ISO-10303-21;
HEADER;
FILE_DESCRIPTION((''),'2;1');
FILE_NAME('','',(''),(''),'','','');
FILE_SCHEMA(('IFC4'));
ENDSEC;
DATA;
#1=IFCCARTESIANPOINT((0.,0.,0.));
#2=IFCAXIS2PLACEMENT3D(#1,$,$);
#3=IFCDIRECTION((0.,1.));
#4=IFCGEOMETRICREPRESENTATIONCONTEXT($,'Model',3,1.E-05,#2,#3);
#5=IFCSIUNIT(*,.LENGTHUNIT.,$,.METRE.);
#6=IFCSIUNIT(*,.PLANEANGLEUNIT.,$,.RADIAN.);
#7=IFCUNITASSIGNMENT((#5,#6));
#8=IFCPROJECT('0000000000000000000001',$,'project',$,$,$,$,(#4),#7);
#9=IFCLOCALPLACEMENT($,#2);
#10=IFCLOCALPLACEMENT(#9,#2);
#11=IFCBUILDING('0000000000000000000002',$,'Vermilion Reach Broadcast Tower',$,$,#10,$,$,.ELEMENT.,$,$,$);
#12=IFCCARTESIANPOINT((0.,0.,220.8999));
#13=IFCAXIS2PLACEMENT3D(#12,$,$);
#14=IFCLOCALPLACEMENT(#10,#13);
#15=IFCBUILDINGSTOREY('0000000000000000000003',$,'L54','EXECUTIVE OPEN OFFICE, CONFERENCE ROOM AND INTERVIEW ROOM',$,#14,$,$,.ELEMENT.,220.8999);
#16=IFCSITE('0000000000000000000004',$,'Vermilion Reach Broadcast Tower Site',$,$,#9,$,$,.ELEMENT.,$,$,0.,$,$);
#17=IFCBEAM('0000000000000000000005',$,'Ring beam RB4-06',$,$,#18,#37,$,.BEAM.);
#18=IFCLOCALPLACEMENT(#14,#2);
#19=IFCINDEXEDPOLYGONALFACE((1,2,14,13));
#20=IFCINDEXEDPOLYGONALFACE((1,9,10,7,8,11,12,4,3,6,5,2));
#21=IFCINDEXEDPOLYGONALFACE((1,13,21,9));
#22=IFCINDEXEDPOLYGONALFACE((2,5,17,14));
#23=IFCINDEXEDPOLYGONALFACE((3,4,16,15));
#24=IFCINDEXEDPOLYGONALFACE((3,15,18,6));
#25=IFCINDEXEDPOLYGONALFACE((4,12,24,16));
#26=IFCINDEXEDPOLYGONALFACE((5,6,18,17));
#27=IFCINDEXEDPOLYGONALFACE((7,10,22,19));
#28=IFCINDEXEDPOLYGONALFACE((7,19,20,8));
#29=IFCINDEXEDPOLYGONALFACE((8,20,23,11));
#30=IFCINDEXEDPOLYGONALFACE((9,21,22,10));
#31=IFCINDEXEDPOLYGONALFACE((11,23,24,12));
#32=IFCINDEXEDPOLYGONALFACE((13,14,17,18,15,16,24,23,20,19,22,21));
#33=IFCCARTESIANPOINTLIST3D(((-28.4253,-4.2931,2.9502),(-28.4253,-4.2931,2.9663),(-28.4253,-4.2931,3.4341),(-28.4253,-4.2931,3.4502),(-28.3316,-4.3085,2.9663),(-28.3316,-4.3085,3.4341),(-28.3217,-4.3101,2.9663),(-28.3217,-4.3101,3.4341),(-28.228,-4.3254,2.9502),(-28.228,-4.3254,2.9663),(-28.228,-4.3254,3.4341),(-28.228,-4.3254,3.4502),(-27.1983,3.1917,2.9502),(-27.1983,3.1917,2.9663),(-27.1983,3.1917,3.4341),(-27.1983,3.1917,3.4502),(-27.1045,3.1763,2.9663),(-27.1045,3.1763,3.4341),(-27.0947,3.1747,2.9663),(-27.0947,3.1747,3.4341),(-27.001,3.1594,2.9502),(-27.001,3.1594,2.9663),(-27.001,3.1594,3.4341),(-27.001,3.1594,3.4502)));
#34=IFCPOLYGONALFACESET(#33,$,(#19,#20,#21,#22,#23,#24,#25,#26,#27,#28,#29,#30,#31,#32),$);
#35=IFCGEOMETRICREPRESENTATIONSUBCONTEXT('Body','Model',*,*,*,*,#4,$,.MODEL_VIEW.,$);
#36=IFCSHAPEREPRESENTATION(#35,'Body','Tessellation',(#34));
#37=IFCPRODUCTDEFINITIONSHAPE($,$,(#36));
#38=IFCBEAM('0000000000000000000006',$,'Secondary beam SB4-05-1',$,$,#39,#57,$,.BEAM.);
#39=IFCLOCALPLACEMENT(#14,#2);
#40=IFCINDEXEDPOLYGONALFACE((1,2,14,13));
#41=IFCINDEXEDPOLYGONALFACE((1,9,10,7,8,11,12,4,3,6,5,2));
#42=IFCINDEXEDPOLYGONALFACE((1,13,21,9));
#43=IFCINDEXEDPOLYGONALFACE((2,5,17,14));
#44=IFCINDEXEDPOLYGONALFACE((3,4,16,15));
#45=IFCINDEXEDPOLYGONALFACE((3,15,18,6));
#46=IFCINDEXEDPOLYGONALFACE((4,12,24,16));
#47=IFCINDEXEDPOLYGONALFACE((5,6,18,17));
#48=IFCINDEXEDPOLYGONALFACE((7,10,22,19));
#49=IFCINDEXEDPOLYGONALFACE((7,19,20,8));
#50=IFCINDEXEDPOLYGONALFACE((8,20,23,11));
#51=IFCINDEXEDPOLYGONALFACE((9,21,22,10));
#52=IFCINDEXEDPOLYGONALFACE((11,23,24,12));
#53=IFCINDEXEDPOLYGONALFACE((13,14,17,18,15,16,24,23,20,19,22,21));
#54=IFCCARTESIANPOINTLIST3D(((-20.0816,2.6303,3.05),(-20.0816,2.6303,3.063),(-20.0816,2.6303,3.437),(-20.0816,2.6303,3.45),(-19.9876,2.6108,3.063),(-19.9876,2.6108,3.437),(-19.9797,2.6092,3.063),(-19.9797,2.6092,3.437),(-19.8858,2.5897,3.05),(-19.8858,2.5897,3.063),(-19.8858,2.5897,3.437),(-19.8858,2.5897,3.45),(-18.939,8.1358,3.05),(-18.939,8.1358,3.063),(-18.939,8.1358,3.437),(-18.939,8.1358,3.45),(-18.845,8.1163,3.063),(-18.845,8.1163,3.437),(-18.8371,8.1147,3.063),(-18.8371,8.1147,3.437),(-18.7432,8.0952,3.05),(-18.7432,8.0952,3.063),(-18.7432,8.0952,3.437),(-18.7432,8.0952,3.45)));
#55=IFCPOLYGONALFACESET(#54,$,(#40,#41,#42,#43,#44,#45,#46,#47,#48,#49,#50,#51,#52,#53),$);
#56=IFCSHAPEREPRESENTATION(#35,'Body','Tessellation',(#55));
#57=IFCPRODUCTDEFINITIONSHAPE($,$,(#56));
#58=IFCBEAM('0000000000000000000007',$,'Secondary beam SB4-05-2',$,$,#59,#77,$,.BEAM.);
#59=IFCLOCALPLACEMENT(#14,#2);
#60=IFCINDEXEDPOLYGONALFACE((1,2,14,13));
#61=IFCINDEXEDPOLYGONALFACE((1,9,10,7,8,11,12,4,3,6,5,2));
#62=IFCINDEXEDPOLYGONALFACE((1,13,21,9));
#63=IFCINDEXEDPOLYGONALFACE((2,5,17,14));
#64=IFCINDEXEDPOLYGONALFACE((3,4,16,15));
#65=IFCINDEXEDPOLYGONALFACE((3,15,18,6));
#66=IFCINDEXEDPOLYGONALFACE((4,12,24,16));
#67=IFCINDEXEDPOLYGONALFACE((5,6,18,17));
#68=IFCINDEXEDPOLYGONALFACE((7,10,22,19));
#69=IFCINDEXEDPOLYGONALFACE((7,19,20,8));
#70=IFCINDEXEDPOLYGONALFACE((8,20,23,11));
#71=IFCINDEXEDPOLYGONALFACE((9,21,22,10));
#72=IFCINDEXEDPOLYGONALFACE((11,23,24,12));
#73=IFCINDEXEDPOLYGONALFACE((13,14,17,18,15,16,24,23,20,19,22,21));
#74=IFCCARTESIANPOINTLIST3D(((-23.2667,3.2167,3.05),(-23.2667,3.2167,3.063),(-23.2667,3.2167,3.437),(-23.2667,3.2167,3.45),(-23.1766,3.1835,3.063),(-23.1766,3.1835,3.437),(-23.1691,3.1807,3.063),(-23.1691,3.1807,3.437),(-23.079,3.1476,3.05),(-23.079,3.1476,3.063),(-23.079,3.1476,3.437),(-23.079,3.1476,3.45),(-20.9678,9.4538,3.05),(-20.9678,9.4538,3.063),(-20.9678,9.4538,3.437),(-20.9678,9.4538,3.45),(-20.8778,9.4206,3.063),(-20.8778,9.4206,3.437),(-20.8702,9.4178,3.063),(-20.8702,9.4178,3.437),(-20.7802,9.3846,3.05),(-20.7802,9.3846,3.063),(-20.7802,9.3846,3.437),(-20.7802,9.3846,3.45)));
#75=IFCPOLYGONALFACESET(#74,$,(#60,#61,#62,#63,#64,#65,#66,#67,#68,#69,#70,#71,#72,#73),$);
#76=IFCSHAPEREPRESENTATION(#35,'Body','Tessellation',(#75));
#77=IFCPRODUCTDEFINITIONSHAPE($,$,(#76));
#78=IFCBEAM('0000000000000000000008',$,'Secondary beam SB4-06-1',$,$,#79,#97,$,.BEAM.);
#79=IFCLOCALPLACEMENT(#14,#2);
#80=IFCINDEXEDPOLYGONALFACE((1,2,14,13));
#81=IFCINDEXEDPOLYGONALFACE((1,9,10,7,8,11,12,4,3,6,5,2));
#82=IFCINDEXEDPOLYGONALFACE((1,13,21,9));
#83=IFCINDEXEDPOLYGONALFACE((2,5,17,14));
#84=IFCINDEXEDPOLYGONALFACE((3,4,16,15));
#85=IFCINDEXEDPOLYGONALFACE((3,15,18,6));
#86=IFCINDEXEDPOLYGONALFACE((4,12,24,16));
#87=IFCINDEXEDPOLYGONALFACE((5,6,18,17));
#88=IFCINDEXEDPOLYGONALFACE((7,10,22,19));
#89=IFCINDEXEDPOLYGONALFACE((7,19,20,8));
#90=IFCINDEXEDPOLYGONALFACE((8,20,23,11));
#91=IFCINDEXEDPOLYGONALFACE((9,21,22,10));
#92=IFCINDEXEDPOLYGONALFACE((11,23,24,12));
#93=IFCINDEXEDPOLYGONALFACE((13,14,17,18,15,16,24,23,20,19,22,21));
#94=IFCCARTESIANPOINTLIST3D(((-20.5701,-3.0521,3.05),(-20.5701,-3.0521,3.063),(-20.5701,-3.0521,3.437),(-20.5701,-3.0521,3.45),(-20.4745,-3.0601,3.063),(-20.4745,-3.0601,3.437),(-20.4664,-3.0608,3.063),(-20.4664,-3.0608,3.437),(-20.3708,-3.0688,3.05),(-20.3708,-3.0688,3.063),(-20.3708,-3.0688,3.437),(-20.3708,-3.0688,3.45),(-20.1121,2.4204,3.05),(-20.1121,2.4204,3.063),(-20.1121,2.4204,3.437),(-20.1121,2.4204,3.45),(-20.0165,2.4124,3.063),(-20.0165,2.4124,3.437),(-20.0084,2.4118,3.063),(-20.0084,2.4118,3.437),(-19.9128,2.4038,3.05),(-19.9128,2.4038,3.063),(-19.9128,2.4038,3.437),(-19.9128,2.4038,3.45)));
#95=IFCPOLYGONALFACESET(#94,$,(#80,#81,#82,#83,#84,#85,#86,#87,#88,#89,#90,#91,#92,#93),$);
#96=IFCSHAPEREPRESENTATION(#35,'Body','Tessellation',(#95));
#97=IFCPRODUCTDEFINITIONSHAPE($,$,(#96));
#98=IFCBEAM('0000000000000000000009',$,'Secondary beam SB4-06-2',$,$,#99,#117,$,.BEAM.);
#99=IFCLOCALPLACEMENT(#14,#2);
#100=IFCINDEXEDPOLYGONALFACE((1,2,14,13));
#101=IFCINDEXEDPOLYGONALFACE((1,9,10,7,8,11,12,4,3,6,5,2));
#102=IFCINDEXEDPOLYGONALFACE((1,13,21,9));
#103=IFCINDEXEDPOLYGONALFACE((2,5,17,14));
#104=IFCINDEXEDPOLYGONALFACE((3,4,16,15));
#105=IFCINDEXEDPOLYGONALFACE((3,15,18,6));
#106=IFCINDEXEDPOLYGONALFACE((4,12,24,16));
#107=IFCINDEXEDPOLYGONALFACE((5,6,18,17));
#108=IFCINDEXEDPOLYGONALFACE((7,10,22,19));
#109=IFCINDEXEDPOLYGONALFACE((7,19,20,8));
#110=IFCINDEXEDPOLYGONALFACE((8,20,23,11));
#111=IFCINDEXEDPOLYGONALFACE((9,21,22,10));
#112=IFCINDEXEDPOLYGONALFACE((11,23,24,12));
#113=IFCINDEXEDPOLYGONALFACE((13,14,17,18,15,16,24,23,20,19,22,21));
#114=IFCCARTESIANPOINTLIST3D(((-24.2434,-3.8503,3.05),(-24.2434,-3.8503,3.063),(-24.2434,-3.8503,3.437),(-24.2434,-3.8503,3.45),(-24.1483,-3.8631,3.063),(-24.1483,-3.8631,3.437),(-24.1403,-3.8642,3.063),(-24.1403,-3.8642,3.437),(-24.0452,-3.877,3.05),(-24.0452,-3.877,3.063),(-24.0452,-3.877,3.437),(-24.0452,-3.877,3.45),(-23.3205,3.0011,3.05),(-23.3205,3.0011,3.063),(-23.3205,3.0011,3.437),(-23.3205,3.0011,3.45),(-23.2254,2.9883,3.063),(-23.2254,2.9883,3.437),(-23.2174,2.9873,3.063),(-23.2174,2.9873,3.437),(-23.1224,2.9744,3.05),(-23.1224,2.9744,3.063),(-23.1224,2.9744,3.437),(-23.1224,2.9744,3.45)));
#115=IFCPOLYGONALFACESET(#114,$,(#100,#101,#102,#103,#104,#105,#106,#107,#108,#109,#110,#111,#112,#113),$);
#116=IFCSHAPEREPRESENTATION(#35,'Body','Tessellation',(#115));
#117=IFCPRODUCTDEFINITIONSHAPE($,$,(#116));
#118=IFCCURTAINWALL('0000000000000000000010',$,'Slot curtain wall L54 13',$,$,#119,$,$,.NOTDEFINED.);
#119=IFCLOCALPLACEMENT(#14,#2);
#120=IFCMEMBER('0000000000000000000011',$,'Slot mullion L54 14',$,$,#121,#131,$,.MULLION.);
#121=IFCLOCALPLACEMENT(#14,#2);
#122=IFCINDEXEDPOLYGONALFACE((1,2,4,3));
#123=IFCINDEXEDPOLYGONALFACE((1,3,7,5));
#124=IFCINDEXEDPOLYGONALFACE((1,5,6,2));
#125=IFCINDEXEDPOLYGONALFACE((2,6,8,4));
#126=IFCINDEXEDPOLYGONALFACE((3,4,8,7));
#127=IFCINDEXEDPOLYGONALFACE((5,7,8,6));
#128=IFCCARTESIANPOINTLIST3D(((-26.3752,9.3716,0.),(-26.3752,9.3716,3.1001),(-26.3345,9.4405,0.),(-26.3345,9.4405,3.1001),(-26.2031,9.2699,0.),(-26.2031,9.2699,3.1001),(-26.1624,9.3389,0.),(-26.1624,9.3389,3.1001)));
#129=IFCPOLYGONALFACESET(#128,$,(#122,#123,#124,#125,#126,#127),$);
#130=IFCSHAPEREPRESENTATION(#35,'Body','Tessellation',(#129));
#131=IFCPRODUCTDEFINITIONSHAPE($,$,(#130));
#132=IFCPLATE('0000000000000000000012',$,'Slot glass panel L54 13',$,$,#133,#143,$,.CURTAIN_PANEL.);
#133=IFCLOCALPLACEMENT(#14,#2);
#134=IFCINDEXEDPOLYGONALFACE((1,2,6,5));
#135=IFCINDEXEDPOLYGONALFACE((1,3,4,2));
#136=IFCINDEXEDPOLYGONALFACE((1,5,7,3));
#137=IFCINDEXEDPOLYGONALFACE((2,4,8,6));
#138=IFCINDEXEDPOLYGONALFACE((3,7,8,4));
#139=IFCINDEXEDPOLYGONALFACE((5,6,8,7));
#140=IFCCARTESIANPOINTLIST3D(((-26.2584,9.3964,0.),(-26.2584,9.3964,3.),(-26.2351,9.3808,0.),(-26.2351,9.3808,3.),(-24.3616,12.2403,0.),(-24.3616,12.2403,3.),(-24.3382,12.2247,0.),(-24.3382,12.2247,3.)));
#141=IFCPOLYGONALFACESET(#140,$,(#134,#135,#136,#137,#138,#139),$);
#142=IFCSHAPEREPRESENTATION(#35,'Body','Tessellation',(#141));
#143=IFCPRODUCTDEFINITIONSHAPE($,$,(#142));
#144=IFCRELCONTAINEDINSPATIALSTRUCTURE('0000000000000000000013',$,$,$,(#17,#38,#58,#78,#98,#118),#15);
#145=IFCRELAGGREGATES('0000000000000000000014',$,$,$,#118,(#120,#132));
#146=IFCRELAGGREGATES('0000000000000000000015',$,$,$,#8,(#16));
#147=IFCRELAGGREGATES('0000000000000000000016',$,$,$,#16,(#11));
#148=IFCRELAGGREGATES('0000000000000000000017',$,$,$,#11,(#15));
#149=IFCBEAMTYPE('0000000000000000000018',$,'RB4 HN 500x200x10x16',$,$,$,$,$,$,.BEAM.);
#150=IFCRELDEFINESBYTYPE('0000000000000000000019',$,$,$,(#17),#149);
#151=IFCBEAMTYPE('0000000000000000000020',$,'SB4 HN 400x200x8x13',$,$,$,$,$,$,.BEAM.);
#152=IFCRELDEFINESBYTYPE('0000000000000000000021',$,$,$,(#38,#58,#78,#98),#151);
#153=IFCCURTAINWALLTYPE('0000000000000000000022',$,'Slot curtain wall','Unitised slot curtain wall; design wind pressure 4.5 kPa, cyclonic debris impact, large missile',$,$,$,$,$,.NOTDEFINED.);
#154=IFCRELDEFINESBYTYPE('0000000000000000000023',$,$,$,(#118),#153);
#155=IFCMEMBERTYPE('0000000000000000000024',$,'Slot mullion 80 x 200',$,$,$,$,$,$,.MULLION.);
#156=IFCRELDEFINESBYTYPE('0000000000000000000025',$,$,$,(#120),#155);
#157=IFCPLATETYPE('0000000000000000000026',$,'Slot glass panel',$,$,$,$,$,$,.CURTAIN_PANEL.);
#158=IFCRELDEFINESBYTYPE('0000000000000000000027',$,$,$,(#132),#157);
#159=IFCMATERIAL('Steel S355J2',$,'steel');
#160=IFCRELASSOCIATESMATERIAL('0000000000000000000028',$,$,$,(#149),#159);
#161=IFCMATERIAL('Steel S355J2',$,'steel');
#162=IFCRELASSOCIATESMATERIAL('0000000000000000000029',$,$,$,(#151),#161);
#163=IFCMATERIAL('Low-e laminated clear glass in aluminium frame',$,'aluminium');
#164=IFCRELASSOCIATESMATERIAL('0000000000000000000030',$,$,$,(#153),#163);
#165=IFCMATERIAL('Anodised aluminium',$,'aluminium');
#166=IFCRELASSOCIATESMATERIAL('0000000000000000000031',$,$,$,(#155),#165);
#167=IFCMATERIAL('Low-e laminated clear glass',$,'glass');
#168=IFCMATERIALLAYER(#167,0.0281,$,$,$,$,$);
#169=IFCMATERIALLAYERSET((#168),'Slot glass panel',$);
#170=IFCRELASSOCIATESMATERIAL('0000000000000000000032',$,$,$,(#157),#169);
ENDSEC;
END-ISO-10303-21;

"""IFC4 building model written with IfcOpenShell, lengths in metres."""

from ifc_helpers import new_model, si_unit, direction, frame, origin, origin_2d, place, context, subcontext, project, spatial, rectangle, i_section, extrude, material, layer, layer_set, material_profile, profile_set, type_object, element, aggregate, save


model = new_model("IFC4")

# Units and contexts
model_context = context("Model", 3, precision=1e-05, world=origin(), true_north=direction((0.0, 1.0)))
body_context = subcontext(model_context, "Body", "Model", "MODEL_VIEW")
ifc_project = project(units=[si_unit("LENGTHUNIT", "METRE"), si_unit("PLANEANGLEUNIT", "RADIAN")], contexts=[model_context])

# Site, building, storey
site_placement = place(None, origin())
site = spatial("IfcSite", under=ifc_project, at=site_placement, Name="Vermilion Reach Broadcast Tower Site", CompositionType="ELEMENT", RefElevation=0.0)
building_placement = place(site_placement, origin())
building = spatial("IfcBuilding", under=site, at=building_placement, Name="Vermilion Reach Broadcast Tower", CompositionType="ELEMENT")
storey_placement = place(building_placement, frame((0.0, 0.0, 220.8999)))
storey = spatial("IfcBuildingStorey", under=building, at=storey_placement, Name="L54", Description="EXECUTIVE OPEN OFFICE, CONFERENCE ROOM AND INTERVIEW ROOM", CompositionType="ELEMENT", Elevation=220.8999)

# Beams
ifc_material_1 = material(Name="Steel S355J2", Category="steel")
ifc_material_profile_1 = material_profile(ifc_material_1, i_section(OverallWidth=0.2, OverallDepth=0.5, WebThickness=0.01, FlangeThickness=0.0161, at=origin_2d()), Name="S355J2 HN 500x200x10x16")
ifc_profile_set_1 = profile_set([ifc_material_profile_1], Name="Steel S355J2")
beam_type_1 = type_object("IfcBeamType", Name="RB4 HN 500x200x10x16", PredefinedType="BEAM", material=ifc_profile_set_1)
beam_1_placement = place(storey_placement, frame((-27.0996, 3.1755, 3.2002), z_axis=(-0.161778, -0.986827, 0.0), x_axis=(0.986827, -0.161778, 0.0)))
element("IfcBeam", 1, at=beam_1_placement, inside=storey, type_object=beam_type_1, Name="Ring beam RB4-06", PredefinedType="BEAM", context=body_context, shape_type="SweptSolid", body=[
    extrude(i_section(OverallWidth=0.2, OverallDepth=0.5, WebThickness=0.01, FlangeThickness=0.0161, at=origin_2d()), origin(), (0.0, 0.0, 1.0), 7.5847),
])
ifc_material_2 = material(Name="Steel S355J2", Category="steel")
ifc_material_profile_2 = material_profile(ifc_material_2, i_section(OverallWidth=0.2, OverallDepth=0.3999, WebThickness=0.0081, FlangeThickness=0.0129, at=origin_2d()), Name="S355J2 HN 400x200x8x13")
ifc_profile_set_2 = profile_set([ifc_material_profile_2], Name="Steel S355J2")
beam_type_2 = type_object("IfcBeamType", Name="SB4 HN 400x200x8x13", PredefinedType="BEAM", material=ifc_profile_set_2)
beam_2_placement = place(storey_placement, frame((-18.8411, 8.1155, 3.25), z_axis=(-0.203209, -0.979135, 0.0), x_axis=(0.979135, -0.203209, 0.0)))
element("IfcBeam", 2, at=beam_2_placement, inside=storey, type_object=beam_type_2, Name="Secondary beam SB4-05-1", PredefinedType="BEAM", context=body_context, shape_type="SweptSolid", body=[
    extrude(i_section(OverallWidth=0.2, OverallDepth=0.3999, WebThickness=0.0081, FlangeThickness=0.0129, at=origin_2d()), origin(), (0.0, 0.0, 1.0), 5.6228),
])
beam_3_placement = place(storey_placement, frame((-20.874, 9.4192, 3.25), z_axis=(-0.345833, -0.938296, 0.0), x_axis=(0.938296, -0.345833, 0.0)))
element("IfcBeam", 3, at=beam_3_placement, inside=storey, type_object=beam_type_2, Name="Secondary beam SB4-05-2", PredefinedType="BEAM", context=body_context, shape_type="SweptSolid", body=[
    extrude(i_section(OverallWidth=0.2, OverallDepth=0.3999, WebThickness=0.0081, FlangeThickness=0.0129, at=origin_2d()), origin(), (0.0, 0.0, 1.0), 6.6472),
])
beam_4_placement = place(storey_placement, frame((-20.0125, 2.4121, 3.25), z_axis=(-0.083399, -0.996516, 0.0), x_axis=(0.996516, -0.083399, 0.0)))
element("IfcBeam", 4, at=beam_4_placement, inside=storey, type_object=beam_type_2, Name="Secondary beam SB4-06-1", PredefinedType="BEAM", context=body_context, shape_type="SweptSolid", body=[
    extrude(i_section(OverallWidth=0.2, OverallDepth=0.3999, WebThickness=0.0081, FlangeThickness=0.0129, at=origin_2d()), origin(), (0.0, 0.0, 1.0), 5.4917),
])
beam_5_placement = place(storey_placement, frame((-23.2214, 2.9878, 3.25), z_axis=(-0.133487, -0.991051, 0.0), x_axis=(0.991051, -0.133487, 0.0)))
element("IfcBeam", 5, at=beam_5_placement, inside=storey, type_object=beam_type_2, Name="Secondary beam SB4-06-2", PredefinedType="BEAM", context=body_context, shape_type="SweptSolid", body=[
    extrude(i_section(OverallWidth=0.2, OverallDepth=0.3999, WebThickness=0.0081, FlangeThickness=0.0129, at=origin_2d()), origin(), (0.0, 0.0, 1.0), 6.9133),
])

# Curtain wall, member, plate
ifc_material_3 = material(Name="Low-e laminated clear glass in aluminium frame", Category="aluminium")
curtain_wall_type = type_object("IfcCurtainWallType", Name="Slot curtain wall", Description="Unitised slot curtain wall; design wind pressure 4.5 kPa, cyclonic debris impact, large missile", PredefinedType="NOTDEFINED", material=ifc_material_3)
curtain_wall_placement = place(storey_placement, origin())
curtain_wall = element("IfcCurtainWall", 6, at=curtain_wall_placement, inside=storey, type_object=curtain_wall_type, Name="Slot curtain wall L54 13", PredefinedType="NOTDEFINED")
ifc_material_4 = material(Name="Anodised aluminium", Category="aluminium")
ifc_material_profile_3 = material_profile(ifc_material_4, rectangle(XDim=0.2, YDim=0.0801, at=origin_2d()), Name="Slot mullion 80 x 200")
ifc_profile_set_3 = profile_set([ifc_material_profile_3], Name="Anodised aluminium")
member_type = type_object("IfcMemberType", Name="Slot mullion 80 x 200", PredefinedType="MULLION", material=ifc_profile_set_3)
member_placement = place(storey_placement, frame((-26.2688, 9.3552, 0.0), z_axis=(0.0, 0.0, 1.0), x_axis=(0.861106, -0.508425, 0.0)))
member = element("IfcMember", 7, at=member_placement, type_object=member_type, Name="Slot mullion L54 14", PredefinedType="MULLION", context=body_context, shape_type="SweptSolid", body=[
    extrude(rectangle(XDim=0.2, YDim=0.0801, at=origin_2d()), origin(), (0.0, 0.0, 1.0), 3.1001),
])
ifc_material_5 = material(Name="Low-e laminated clear glass", Category="glass")
ifc_layer_1 = layer(ifc_material_5, 0.0281)
ifc_layer_set_1 = layer_set([ifc_layer_1], Name="Slot glass panel")
plate_type = type_object("IfcPlateType", Name="Slot glass panel", PredefinedType="CURTAIN_PANEL", material=ifc_layer_set_1)
plate_placement = place(storey_placement, frame((-25.2983, 10.8105, 0.0), z_axis=(0.0, 0.0, 1.0), x_axis=(-0.55488, -0.83193, 0.0)))
plate = element("IfcPlate", 8, at=plate_placement, type_object=plate_type, Name="Slot glass panel L54 13", PredefinedType="CURTAIN_PANEL", context=body_context, shape_type="SweptSolid", body=[
    extrude(rectangle(XDim=3.4185, YDim=0.0281, at=origin_2d()), origin(), (0.0, 0.0, 1.0), 3.0),
])
aggregate(curtain_wall, [member, plate])

save(model, "model.ifc")
